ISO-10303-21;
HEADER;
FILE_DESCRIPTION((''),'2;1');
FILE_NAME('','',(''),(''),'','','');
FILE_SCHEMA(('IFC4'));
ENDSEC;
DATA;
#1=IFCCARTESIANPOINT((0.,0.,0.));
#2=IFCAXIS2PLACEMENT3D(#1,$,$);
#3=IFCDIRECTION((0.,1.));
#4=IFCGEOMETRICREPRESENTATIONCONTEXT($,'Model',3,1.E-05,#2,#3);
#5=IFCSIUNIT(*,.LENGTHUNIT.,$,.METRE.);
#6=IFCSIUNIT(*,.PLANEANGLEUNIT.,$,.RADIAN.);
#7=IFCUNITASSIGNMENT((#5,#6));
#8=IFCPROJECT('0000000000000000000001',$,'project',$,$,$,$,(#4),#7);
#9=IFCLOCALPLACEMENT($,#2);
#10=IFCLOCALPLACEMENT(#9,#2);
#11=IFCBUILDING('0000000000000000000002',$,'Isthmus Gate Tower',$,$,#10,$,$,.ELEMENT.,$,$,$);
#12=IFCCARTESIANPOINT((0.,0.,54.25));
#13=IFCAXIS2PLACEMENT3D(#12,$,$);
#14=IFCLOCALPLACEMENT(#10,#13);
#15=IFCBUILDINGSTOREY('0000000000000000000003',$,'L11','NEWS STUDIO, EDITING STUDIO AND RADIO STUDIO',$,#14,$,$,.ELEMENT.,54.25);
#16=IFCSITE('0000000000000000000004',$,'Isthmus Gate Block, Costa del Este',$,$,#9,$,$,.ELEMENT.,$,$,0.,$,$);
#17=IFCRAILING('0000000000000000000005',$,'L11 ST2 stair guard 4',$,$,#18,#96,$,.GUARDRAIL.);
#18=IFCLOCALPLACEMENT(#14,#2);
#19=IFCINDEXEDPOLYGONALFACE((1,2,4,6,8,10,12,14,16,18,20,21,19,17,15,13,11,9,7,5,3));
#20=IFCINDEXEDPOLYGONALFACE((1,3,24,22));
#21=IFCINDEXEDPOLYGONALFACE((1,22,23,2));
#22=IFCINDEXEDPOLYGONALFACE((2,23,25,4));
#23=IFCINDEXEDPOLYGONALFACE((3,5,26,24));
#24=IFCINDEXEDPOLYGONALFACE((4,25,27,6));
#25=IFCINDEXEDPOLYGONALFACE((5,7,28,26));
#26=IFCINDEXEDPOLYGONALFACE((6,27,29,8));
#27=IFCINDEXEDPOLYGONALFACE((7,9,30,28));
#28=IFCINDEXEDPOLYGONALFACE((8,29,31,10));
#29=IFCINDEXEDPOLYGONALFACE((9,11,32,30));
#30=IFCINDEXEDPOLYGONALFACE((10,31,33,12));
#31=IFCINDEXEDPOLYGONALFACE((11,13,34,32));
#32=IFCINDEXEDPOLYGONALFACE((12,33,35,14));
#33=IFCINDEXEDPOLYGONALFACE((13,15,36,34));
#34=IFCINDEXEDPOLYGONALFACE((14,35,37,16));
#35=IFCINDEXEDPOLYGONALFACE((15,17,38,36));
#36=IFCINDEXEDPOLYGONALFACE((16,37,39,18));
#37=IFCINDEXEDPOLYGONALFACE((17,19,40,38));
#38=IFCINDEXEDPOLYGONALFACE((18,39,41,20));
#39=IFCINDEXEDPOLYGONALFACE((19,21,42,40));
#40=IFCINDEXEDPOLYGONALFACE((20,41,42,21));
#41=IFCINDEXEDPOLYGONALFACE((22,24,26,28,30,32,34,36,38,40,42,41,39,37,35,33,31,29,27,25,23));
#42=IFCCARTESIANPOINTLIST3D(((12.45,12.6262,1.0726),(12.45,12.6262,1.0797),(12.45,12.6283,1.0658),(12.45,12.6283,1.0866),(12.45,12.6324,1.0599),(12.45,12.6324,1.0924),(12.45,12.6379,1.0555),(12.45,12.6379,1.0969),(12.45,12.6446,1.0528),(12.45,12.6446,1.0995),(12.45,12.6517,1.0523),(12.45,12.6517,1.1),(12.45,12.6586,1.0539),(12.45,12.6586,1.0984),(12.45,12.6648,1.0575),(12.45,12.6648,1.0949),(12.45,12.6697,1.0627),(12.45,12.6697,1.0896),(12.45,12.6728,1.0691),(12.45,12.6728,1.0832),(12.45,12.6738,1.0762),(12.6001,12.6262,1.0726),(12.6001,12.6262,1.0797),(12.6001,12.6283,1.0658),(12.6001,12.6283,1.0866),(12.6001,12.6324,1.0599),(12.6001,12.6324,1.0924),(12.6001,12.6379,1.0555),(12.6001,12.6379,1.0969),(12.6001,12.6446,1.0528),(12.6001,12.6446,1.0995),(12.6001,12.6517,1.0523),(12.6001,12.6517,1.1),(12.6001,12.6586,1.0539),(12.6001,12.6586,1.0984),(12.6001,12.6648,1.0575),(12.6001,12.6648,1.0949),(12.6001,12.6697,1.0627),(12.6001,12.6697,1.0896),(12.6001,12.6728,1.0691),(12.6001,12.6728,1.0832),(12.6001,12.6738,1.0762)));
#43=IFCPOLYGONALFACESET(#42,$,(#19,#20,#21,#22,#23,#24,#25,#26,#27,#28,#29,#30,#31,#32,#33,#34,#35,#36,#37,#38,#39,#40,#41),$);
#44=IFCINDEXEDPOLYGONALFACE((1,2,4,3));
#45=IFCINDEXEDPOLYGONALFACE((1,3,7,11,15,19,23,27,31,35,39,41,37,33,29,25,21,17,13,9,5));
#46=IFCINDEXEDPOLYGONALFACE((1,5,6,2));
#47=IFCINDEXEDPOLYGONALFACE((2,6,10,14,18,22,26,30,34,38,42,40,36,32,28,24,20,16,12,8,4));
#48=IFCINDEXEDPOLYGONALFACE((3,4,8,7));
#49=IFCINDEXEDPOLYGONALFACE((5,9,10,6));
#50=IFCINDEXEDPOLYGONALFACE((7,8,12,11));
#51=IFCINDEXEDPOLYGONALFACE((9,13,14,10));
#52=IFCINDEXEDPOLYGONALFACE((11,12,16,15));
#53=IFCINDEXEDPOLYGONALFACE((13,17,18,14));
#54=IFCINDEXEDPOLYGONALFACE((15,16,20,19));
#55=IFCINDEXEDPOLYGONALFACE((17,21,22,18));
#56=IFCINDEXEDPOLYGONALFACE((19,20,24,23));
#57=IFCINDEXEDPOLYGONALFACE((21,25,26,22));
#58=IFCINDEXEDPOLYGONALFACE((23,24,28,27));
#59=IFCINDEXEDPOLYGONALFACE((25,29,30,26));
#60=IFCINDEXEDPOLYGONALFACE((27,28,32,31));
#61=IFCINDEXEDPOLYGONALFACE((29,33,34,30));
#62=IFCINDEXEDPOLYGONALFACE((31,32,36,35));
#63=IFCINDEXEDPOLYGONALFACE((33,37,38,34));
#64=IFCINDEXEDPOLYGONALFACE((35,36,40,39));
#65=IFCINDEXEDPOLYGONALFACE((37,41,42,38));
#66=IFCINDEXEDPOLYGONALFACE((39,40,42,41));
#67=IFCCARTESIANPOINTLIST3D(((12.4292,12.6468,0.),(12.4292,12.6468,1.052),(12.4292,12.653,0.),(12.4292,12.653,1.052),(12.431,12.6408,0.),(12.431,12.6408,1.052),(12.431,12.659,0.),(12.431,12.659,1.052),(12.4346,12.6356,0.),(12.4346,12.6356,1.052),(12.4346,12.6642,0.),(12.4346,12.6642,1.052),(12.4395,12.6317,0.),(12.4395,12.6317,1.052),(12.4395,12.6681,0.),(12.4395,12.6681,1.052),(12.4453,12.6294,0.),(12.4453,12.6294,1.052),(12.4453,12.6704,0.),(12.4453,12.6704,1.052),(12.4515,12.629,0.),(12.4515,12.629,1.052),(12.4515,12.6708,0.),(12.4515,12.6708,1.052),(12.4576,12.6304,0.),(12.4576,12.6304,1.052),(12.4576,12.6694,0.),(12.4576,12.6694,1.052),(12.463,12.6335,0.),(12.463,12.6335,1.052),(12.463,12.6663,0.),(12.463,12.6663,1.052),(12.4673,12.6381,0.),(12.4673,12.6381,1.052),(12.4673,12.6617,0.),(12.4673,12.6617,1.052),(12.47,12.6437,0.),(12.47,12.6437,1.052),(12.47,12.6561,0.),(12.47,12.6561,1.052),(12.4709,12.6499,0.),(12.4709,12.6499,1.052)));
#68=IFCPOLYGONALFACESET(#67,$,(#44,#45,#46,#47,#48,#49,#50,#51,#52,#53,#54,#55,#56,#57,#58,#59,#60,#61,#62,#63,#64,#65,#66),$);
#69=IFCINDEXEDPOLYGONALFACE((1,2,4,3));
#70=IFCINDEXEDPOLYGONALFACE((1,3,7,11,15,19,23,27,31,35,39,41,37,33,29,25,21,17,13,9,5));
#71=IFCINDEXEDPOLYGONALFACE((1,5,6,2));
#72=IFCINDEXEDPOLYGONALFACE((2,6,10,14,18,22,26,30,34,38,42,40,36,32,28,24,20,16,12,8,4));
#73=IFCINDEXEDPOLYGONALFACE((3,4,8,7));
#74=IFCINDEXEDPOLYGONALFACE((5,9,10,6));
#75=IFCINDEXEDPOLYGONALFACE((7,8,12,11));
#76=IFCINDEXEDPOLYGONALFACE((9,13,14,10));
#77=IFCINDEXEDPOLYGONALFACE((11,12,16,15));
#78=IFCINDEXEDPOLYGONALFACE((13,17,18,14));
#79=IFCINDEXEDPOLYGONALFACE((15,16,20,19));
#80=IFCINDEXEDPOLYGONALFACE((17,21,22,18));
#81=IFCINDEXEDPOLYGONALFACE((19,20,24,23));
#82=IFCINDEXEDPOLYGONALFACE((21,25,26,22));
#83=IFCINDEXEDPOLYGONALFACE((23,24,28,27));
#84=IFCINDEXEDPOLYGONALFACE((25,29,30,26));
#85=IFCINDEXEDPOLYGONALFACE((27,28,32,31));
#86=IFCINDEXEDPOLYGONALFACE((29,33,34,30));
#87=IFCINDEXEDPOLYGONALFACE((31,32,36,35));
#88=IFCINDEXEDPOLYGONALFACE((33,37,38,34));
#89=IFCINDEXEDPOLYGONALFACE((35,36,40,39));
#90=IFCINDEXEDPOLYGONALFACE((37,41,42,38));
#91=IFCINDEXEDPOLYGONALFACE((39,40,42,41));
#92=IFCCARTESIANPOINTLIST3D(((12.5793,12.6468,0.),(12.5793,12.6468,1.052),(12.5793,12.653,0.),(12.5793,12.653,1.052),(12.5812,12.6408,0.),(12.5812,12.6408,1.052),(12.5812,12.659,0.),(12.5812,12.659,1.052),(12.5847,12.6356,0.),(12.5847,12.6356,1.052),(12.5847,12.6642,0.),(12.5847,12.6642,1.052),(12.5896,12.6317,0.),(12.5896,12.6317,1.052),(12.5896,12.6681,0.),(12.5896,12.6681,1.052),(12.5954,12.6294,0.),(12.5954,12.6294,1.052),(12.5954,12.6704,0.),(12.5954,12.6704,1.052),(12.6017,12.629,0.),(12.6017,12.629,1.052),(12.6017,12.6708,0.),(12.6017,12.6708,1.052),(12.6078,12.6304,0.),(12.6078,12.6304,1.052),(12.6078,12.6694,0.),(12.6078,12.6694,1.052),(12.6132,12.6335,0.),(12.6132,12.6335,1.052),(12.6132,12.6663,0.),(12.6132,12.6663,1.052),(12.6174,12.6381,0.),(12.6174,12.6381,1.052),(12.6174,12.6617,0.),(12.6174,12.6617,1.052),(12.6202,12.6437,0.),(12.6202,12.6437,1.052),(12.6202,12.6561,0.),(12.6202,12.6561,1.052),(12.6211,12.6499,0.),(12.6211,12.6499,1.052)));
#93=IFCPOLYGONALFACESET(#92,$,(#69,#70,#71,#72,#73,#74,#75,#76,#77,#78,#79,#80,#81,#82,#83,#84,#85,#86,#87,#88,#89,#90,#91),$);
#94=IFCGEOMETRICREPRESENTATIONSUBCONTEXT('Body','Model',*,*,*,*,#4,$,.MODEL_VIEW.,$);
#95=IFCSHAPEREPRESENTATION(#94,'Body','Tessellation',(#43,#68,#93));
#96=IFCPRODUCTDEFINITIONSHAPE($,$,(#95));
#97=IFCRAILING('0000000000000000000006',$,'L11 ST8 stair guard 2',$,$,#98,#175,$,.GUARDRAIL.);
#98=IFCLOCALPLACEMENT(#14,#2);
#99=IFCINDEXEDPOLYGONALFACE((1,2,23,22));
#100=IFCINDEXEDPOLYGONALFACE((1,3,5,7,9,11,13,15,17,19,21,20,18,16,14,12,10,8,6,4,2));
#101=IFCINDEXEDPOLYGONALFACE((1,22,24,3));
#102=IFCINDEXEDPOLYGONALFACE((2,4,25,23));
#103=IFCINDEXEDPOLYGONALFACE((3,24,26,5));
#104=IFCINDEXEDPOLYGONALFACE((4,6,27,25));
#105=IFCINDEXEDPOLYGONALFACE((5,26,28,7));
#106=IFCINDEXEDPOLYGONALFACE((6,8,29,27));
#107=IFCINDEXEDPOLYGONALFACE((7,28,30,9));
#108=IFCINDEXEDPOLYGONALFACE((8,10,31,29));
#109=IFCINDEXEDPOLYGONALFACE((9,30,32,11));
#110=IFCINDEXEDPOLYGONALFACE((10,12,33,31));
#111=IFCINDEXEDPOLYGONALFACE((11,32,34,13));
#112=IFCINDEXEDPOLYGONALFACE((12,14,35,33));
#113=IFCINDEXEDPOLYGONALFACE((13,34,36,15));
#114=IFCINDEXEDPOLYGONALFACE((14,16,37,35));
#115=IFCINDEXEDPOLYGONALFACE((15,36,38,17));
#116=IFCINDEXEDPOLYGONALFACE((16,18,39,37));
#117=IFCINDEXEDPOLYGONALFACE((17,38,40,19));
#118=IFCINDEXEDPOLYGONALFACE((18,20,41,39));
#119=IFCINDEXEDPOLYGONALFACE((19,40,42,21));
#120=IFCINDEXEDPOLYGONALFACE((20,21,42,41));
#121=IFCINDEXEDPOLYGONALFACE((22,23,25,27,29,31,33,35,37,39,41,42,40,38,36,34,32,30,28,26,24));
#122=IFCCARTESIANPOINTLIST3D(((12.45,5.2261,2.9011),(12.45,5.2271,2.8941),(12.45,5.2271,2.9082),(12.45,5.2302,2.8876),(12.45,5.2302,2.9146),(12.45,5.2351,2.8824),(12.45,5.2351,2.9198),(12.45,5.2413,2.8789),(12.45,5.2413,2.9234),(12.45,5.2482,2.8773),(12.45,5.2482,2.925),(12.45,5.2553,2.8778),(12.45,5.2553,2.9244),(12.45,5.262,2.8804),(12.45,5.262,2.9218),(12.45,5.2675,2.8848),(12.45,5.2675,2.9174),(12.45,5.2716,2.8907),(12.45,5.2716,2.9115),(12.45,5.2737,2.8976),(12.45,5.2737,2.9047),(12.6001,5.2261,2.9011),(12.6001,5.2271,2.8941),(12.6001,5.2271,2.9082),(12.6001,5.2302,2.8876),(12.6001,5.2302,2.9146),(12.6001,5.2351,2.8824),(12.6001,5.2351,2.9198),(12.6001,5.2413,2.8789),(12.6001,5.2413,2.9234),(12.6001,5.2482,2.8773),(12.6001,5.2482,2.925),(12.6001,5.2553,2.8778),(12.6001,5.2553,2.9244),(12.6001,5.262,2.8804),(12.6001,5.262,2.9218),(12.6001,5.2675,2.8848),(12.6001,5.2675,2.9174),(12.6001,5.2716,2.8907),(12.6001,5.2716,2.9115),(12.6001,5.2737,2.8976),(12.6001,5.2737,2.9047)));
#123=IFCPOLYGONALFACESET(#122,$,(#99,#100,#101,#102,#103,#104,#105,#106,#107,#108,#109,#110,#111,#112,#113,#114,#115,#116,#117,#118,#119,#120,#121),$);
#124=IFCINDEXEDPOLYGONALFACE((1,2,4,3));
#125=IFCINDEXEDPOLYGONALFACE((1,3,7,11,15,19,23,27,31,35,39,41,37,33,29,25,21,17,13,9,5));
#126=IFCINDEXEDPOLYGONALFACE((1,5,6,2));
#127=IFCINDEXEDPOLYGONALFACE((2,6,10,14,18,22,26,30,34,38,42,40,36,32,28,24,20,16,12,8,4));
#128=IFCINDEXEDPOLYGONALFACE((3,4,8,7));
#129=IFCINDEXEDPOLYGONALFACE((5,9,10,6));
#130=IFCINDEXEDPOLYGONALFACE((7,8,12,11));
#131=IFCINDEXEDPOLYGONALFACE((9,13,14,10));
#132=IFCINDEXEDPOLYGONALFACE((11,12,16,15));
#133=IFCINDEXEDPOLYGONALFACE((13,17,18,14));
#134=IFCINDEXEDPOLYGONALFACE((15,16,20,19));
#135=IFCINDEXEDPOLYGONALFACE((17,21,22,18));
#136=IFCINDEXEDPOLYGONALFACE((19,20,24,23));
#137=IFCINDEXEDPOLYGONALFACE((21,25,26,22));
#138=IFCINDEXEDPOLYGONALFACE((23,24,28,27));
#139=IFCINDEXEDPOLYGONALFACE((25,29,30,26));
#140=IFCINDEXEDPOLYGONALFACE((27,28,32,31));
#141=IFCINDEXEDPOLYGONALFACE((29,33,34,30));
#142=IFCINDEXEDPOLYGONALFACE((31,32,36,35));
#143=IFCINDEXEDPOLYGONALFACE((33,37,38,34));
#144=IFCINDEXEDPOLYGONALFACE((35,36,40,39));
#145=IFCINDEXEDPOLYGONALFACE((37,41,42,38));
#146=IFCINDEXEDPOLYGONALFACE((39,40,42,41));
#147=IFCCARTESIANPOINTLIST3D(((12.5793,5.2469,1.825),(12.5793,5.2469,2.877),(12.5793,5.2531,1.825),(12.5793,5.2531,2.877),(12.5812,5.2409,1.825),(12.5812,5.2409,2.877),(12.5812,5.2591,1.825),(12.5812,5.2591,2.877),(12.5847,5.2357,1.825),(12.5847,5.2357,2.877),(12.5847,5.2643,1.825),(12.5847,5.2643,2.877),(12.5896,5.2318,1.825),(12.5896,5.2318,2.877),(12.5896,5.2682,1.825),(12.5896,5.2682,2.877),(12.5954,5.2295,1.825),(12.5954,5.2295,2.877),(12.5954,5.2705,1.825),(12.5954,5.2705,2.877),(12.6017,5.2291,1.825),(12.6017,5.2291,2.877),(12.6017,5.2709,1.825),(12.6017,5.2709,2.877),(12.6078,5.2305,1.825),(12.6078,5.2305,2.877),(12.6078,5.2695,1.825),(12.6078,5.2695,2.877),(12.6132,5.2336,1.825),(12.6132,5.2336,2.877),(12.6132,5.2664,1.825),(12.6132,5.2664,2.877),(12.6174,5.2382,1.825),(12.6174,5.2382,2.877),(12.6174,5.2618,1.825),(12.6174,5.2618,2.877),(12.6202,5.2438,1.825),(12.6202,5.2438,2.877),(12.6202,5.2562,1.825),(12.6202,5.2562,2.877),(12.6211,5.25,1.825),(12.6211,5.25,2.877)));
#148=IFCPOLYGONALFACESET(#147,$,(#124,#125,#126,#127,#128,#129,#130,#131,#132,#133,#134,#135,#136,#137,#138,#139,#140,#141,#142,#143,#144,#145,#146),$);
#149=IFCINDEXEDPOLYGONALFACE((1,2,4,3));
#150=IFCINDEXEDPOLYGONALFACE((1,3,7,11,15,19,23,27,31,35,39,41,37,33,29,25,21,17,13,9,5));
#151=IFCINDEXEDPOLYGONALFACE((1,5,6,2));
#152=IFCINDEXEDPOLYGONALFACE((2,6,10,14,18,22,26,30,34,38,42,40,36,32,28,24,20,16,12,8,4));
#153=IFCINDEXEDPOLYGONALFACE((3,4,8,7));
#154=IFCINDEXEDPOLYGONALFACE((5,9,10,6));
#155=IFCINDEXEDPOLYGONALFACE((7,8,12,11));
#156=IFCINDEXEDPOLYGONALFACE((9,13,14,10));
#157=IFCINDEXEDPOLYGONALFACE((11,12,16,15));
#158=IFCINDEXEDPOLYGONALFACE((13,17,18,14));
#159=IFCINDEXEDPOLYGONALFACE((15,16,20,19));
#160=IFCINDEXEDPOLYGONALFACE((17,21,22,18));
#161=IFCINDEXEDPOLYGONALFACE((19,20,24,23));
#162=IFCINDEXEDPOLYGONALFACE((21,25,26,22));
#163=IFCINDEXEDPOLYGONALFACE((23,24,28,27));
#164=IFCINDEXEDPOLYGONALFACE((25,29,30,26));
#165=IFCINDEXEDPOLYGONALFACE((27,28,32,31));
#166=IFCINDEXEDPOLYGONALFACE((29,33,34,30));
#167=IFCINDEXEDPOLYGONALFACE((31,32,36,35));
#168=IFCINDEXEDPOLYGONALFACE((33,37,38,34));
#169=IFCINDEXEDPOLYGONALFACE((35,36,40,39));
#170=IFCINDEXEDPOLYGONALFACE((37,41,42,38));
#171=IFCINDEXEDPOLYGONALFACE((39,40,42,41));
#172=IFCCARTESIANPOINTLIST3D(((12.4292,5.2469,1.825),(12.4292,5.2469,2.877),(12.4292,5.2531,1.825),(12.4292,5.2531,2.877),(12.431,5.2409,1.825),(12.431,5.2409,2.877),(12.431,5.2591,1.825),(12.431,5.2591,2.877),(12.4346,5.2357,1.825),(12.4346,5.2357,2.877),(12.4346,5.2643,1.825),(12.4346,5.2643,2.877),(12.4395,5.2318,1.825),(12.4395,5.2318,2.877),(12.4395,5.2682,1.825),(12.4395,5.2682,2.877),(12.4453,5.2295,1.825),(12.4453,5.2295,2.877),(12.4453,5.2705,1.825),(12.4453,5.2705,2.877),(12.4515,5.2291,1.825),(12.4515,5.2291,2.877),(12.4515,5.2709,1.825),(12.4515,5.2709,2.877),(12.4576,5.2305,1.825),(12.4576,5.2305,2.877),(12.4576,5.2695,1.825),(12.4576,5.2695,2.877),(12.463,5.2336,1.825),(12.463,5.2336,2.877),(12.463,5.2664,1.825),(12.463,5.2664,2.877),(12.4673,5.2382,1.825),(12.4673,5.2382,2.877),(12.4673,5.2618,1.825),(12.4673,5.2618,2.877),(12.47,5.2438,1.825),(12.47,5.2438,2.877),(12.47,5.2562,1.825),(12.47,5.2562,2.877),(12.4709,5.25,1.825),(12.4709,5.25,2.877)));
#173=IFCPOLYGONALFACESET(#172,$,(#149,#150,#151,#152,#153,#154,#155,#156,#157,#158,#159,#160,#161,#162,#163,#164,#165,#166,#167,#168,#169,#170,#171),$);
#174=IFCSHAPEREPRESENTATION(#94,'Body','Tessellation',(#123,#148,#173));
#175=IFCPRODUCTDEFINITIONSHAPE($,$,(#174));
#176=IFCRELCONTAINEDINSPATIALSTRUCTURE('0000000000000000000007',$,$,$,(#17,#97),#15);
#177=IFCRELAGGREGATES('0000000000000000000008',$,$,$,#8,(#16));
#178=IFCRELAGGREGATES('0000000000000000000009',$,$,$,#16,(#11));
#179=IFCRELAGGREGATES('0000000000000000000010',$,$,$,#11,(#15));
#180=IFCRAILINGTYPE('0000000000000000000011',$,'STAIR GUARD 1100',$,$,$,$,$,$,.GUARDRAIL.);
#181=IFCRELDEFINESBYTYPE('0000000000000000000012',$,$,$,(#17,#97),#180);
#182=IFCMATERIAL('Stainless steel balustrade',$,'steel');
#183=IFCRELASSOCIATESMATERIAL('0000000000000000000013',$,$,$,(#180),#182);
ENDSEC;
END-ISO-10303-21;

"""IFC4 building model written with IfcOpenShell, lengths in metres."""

from ifc_helpers import new_model, si_unit, direction, frame, origin, origin_2d, place, context, subcontext, project, spatial, circle, extrude, material, type_object, element, save


model = new_model("IFC4")

# Units and contexts
model_context = context("Model", 3, precision=1e-05, world=origin(), true_north=direction((0.0, 1.0)))
body_context = subcontext(model_context, "Body", "Model", "MODEL_VIEW")
ifc_project = project(units=[si_unit("LENGTHUNIT", "METRE"), si_unit("PLANEANGLEUNIT", "RADIAN")], contexts=[model_context])

# Site, building, storey
site_placement = place(None, origin())
site = spatial("IfcSite", under=ifc_project, at=site_placement, Name="Isthmus Gate Block, Costa del Este", CompositionType="ELEMENT", RefElevation=0.0)
building_placement = place(site_placement, origin())
building = spatial("IfcBuilding", under=site, at=building_placement, Name="Isthmus Gate Tower", CompositionType="ELEMENT")
storey_placement = place(building_placement, frame((0.0, 0.0, 54.25)))
storey = spatial("IfcBuildingStorey", under=building, at=storey_placement, Name="L11", Description="NEWS STUDIO, EDITING STUDIO AND RADIO STUDIO", CompositionType="ELEMENT", Elevation=54.25)

# Railings
ifc_material_1 = material(Name="Stainless steel balustrade", Category="steel")
railing_type_1 = type_object("IfcRailingType", Name="STAIR GUARD 1100", PredefinedType="GUARDRAIL", material=ifc_material_1)
railing_1_placement = place(storey_placement, frame((12.45, 12.6499, 0.0)))
element("IfcRailing", 1, at=railing_1_placement, inside=storey, type_object=railing_type_1, Name="L11 ST2 stair guard 4", PredefinedType="GUARDRAIL", context=body_context, shape_type="SweptSolid", body=[
    extrude(circle(Radius=0.0239, at=origin_2d()), frame((0.0, 0.0, 1.0762), z_axis=(1.0, 0.0, 0.0), x_axis=(0.0, 1.0, 0.0)), (0.0, 0.0, 1.0), 0.1501),
    extrude(circle(Radius=0.021, at=origin_2d()), origin(), (0.0, 0.0, 1.0), 1.052),
    extrude(circle(Radius=0.021, at=origin_2d()), frame((0.1501, 0.0, 0.0)), (0.0, 0.0, 1.0), 1.052),
])
railing_2_placement = place(storey_placement, frame((12.6001, 5.25, 1.825)))
element("IfcRailing", 2, at=railing_2_placement, inside=storey, type_object=railing_type_1, Name="L11 ST8 stair guard 2", PredefinedType="GUARDRAIL", context=body_context, shape_type="SweptSolid", body=[
    extrude(circle(Radius=0.0239, at=origin_2d()), frame((0.0, 0.0, 1.0762), z_axis=(-1.0, 0.0, 0.0), x_axis=(0.0, -1.0, 0.0)), (0.0, 0.0, 1.0), 0.1501),
    extrude(circle(Radius=0.021, at=origin_2d()), origin(), (0.0, 0.0, 1.0), 1.052),
    extrude(circle(Radius=0.021, at=origin_2d()), frame((-0.1501, 0.0, 0.0)), (0.0, 0.0, 1.0), 1.052),
])

save(model, "model.ifc")
